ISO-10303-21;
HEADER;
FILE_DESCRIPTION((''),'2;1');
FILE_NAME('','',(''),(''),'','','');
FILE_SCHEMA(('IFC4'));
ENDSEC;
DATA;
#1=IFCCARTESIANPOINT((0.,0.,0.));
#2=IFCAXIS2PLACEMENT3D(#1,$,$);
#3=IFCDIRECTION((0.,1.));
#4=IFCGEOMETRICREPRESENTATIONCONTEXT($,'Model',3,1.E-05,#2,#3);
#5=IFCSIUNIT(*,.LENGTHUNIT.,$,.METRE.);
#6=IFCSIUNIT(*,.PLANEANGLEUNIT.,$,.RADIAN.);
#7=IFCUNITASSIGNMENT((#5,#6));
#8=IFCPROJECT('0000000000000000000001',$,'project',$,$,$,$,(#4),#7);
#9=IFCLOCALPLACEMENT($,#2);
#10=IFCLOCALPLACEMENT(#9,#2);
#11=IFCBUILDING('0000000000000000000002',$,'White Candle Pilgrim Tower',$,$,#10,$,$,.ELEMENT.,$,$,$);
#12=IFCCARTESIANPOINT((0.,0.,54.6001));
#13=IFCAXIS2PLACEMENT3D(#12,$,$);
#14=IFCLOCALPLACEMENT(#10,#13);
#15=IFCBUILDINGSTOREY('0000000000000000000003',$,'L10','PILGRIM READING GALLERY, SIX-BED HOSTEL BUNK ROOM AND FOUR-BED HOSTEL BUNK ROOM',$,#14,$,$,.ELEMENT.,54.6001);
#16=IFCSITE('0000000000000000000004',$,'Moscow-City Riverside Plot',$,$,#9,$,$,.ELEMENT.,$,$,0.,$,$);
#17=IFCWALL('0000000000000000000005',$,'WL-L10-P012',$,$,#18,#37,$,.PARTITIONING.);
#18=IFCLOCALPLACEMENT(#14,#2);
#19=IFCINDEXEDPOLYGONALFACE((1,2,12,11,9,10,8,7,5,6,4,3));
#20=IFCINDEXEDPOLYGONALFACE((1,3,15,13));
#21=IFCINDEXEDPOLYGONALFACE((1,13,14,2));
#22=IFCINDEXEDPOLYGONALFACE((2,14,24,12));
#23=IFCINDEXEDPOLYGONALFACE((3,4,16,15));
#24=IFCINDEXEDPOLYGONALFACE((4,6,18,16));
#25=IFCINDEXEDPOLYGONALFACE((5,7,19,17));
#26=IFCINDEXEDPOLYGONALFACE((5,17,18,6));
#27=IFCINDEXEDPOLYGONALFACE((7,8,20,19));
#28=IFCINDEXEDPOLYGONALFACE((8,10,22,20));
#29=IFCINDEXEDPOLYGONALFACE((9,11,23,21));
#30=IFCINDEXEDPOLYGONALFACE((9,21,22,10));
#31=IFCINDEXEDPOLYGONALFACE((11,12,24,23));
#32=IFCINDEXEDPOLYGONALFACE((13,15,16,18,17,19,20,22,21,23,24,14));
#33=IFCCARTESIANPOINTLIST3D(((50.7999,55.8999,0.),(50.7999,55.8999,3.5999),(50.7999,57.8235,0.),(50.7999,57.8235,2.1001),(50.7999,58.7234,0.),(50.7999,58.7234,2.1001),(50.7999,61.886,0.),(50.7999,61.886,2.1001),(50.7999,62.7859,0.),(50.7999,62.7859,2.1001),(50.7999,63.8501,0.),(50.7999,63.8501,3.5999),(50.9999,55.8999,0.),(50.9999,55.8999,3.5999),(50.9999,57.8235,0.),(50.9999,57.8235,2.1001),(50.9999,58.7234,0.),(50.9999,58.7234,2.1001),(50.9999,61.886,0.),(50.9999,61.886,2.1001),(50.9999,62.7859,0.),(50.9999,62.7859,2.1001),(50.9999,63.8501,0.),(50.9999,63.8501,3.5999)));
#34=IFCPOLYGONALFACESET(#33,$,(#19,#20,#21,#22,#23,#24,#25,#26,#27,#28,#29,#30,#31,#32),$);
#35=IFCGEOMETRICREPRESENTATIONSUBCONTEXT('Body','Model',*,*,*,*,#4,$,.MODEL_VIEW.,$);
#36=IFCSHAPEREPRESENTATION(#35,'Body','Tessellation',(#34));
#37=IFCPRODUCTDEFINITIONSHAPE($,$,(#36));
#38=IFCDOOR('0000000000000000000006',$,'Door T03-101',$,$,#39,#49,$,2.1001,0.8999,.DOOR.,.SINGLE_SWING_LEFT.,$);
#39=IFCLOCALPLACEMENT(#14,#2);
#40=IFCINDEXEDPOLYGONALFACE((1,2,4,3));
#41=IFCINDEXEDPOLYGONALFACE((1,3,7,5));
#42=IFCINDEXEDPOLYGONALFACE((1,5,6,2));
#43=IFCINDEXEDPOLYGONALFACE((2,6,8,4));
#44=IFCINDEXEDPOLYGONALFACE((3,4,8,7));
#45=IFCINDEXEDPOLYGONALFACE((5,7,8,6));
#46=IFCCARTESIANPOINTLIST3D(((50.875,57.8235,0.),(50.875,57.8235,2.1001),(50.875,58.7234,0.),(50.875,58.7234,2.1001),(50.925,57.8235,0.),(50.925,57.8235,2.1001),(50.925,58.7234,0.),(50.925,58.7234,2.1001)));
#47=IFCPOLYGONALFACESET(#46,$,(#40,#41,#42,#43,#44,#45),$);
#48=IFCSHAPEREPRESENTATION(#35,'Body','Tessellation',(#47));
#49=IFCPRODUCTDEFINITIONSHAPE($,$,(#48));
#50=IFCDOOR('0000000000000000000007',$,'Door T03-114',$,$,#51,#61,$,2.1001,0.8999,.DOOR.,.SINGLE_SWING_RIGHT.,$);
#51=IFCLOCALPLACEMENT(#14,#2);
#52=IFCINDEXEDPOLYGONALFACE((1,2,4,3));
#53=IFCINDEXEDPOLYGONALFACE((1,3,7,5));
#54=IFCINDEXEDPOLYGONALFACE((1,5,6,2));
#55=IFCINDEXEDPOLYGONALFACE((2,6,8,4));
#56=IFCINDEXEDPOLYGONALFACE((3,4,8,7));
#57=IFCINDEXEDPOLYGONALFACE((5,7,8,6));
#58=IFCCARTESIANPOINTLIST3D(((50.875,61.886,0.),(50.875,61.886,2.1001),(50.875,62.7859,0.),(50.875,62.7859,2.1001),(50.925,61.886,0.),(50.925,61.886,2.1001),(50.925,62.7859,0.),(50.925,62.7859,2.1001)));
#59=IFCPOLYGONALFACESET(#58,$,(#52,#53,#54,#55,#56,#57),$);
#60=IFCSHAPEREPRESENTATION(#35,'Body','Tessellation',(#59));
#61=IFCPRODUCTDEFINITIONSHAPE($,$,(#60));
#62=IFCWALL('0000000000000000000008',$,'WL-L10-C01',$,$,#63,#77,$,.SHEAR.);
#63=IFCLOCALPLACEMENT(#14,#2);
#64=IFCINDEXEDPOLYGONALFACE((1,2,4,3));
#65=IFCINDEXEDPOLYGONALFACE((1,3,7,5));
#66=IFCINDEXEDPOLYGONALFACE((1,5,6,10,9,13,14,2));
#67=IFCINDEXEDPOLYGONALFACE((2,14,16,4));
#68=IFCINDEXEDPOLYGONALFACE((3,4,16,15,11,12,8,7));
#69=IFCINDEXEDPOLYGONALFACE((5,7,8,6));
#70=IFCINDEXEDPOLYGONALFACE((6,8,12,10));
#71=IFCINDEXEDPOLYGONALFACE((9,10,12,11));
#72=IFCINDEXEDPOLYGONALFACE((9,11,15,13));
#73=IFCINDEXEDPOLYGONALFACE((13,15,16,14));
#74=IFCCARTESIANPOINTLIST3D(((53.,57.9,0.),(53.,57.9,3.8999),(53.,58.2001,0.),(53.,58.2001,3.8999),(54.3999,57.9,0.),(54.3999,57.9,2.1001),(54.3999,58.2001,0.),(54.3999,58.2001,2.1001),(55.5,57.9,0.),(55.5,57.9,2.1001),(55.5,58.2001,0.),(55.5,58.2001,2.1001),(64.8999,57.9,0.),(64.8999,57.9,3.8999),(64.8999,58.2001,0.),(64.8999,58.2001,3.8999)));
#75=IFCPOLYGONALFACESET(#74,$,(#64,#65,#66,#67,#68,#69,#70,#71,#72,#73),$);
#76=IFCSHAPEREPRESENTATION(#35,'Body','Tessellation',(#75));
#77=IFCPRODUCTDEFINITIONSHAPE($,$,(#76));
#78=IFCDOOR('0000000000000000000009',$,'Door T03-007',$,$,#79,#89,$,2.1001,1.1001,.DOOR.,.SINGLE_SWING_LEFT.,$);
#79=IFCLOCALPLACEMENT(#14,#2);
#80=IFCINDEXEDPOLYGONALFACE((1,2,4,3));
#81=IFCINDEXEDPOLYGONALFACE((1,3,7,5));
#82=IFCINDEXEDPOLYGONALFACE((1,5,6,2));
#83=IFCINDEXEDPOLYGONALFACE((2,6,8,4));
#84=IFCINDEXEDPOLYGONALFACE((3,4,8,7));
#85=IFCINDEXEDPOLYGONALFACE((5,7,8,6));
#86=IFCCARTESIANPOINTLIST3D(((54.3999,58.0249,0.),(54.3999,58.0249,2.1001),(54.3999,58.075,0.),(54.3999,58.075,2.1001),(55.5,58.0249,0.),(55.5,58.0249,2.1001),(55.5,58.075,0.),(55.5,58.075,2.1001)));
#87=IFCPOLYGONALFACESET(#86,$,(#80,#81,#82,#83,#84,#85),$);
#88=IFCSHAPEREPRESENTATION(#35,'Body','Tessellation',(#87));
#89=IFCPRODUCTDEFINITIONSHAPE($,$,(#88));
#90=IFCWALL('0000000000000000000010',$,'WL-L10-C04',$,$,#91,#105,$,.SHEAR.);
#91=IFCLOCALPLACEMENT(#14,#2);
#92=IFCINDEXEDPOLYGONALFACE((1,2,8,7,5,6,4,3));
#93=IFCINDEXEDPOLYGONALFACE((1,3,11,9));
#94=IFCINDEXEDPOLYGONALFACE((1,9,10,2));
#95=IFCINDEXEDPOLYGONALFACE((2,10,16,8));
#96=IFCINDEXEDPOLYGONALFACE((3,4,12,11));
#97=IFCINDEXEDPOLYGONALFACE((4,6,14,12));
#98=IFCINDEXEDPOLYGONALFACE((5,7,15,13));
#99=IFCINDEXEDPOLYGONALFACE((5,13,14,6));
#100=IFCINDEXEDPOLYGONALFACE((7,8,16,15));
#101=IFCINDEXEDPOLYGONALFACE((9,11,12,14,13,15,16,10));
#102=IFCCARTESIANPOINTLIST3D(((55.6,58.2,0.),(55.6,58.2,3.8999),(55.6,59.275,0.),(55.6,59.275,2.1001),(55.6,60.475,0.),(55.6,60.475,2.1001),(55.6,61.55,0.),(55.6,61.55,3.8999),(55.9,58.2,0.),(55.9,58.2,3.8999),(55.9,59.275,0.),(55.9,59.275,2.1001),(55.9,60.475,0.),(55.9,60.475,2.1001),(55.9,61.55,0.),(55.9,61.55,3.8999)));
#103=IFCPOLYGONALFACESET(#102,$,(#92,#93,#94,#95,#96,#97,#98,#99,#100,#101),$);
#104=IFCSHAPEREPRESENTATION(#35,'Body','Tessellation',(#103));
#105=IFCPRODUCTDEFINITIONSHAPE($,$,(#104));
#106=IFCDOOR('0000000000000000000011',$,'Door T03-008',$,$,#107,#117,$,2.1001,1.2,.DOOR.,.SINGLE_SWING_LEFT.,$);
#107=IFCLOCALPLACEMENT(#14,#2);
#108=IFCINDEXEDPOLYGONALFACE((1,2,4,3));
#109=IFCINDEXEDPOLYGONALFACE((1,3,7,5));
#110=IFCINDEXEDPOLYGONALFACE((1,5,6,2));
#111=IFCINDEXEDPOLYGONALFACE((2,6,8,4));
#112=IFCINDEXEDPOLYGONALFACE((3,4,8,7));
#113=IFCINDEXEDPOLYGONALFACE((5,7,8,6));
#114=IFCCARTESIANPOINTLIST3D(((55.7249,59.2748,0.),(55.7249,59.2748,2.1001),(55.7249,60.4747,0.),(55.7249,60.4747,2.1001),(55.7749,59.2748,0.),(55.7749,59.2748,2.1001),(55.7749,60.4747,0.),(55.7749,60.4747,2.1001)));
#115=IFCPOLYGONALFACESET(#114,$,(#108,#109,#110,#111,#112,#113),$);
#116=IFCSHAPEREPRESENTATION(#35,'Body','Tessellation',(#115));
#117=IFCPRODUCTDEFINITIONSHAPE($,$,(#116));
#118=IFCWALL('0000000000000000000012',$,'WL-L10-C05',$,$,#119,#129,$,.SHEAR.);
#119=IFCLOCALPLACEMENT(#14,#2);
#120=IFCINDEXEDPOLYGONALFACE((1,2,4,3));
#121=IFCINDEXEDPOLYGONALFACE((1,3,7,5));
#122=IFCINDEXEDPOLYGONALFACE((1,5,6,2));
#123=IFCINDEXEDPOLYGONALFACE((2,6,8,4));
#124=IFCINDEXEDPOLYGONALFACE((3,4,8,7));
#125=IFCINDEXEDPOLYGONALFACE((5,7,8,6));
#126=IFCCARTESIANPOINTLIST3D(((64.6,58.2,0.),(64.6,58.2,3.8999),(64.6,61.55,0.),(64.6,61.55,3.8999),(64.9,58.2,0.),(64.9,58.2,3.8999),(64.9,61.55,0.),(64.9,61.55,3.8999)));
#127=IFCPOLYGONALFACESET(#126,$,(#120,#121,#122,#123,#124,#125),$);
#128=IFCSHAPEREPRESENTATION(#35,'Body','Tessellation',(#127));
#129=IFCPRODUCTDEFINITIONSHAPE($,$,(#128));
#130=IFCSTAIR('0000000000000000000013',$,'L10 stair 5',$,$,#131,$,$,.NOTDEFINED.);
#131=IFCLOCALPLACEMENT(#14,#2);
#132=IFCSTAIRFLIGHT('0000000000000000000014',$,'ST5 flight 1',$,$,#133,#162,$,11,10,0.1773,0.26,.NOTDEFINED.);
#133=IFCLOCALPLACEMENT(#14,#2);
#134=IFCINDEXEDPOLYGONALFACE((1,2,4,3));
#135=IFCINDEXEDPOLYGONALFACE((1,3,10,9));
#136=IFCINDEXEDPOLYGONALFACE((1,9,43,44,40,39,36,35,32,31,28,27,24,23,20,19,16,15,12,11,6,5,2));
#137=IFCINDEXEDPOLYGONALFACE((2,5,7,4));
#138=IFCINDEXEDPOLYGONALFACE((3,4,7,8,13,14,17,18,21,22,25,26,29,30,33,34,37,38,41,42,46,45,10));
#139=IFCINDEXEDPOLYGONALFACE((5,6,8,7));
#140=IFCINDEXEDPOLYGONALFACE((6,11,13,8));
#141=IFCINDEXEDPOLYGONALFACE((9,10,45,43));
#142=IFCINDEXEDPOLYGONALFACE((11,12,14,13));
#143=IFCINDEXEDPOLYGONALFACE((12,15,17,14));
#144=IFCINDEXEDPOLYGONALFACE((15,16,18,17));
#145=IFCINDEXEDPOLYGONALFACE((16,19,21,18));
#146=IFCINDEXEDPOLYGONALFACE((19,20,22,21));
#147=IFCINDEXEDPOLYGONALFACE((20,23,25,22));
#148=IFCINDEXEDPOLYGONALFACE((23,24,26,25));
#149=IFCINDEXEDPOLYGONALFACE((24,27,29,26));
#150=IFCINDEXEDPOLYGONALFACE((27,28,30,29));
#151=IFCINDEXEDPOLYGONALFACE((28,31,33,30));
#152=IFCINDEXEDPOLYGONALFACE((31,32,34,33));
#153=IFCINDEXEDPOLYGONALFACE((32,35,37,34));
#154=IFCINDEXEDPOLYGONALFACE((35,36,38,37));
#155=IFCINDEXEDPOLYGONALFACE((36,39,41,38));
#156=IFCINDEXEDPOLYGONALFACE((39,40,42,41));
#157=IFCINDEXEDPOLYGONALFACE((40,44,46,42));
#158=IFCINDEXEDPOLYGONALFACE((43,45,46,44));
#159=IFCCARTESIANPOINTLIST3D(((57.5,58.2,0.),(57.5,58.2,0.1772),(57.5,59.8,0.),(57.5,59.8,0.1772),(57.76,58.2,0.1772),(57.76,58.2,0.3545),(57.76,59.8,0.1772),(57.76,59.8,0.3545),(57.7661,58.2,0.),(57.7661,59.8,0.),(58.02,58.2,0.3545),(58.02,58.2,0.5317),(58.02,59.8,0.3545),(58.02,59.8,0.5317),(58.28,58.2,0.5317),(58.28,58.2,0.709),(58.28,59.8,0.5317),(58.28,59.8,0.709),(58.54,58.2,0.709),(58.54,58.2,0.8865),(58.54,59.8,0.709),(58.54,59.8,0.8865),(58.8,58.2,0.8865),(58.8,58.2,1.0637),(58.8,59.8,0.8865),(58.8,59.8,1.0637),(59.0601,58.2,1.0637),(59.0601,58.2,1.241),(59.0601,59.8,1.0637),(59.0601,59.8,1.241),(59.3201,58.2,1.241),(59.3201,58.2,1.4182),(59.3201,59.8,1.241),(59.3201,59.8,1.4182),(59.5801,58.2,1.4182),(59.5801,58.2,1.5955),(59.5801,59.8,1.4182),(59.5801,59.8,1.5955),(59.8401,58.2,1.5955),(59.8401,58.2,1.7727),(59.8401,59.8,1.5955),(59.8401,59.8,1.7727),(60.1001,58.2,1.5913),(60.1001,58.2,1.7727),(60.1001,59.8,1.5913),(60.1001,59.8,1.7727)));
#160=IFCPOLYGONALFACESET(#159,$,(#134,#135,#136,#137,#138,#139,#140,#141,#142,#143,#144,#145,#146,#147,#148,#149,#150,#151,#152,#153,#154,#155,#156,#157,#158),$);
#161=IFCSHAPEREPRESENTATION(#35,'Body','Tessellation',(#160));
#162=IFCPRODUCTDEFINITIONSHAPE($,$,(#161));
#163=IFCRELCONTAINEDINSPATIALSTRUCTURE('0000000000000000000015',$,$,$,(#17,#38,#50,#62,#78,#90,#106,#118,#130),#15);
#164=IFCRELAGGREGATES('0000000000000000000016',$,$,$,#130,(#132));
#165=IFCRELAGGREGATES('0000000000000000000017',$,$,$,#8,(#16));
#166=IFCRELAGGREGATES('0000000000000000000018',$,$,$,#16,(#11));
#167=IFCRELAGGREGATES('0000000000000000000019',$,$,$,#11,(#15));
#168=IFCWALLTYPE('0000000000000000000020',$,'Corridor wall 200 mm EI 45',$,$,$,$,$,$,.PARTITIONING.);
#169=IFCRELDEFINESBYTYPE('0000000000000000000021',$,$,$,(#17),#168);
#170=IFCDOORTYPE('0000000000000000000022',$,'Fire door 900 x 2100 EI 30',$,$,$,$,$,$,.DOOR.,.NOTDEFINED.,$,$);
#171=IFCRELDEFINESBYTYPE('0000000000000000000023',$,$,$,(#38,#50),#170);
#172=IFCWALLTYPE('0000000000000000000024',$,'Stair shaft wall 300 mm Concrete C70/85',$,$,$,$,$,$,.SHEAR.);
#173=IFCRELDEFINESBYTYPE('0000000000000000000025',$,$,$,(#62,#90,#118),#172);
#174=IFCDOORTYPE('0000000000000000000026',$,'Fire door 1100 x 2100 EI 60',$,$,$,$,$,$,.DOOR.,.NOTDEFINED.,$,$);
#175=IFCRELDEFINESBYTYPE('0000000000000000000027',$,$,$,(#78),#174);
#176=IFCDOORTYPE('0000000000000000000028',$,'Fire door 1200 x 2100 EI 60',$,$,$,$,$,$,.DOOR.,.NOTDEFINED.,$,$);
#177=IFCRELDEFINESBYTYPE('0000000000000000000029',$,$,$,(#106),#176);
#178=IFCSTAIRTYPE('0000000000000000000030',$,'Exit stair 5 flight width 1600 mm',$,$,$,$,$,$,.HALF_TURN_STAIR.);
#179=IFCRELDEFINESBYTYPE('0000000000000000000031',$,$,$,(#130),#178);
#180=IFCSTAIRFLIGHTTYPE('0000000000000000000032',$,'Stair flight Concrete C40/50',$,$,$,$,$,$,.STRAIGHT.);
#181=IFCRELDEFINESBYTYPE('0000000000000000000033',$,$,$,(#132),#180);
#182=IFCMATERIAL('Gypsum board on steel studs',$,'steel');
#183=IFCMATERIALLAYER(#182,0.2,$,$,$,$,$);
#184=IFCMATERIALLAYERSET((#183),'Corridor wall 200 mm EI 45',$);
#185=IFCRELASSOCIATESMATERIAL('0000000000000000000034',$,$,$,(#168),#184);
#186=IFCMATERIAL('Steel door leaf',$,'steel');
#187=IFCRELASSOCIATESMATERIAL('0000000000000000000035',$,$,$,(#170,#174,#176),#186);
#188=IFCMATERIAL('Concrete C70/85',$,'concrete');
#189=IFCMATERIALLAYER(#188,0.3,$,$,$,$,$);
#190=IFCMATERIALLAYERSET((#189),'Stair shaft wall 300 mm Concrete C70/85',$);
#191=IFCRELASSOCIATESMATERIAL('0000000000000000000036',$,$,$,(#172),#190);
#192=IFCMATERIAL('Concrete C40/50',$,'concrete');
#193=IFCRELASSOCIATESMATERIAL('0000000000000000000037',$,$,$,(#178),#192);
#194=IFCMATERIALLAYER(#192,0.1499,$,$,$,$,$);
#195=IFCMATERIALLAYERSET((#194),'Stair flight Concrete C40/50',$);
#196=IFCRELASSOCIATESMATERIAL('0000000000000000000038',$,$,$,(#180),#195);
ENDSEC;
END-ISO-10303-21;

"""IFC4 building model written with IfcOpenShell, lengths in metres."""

from ifc_helpers import new_model, si_unit, direction, frame, frame_2d, origin, place, context, subcontext, project, spatial, polyline, rectangle, outline, extrude, material, layer, layer_set, type_object, element, fill, aggregate, save


model = new_model("IFC4")

# Units and contexts
model_context = context("Model", 3, precision=1e-05, world=origin(), true_north=direction((0.0, 1.0)))
body_context = subcontext(model_context, "Body", "Model", "MODEL_VIEW")
ifc_project = project(units=[si_unit("LENGTHUNIT", "METRE"), si_unit("PLANEANGLEUNIT", "RADIAN")], contexts=[model_context])

# Site, building, storey
site_placement = place(None, origin())
site = spatial("IfcSite", under=ifc_project, at=site_placement, Name="Moscow-City Riverside Plot", CompositionType="ELEMENT", RefElevation=0.0)
building_placement = place(site_placement, origin())
building = spatial("IfcBuilding", under=site, at=building_placement, Name="White Candle Pilgrim Tower", CompositionType="ELEMENT")
storey_placement = place(building_placement, frame((0.0, 0.0, 54.6001)))
storey = spatial("IfcBuildingStorey", under=building, at=storey_placement, Name="L10", Description="PILGRIM READING GALLERY, SIX-BED HOSTEL BUNK ROOM AND FOUR-BED HOSTEL BUNK ROOM", CompositionType="ELEMENT", Elevation=54.6001)

# Shared definitions
ifc_material_1 = material(Name="Concrete C70/85", Category="concrete")
ifc_material_2 = material(Name="Gypsum board on steel studs", Category="steel")
ifc_layer_1 = layer(ifc_material_2, 0.2)
ifc_layer_set_1 = layer_set([ifc_layer_1], Name="Corridor wall 200 mm EI 45")
wall_type_1 = type_object("IfcWallType", Name="Corridor wall 200 mm EI 45", PredefinedType="PARTITIONING", material=ifc_layer_set_1)

# Wall, openings, doors
wall_1_placement = place(storey_placement, frame((50.8999, 55.8999, 0.0), z_axis=(0.0, 0.0, 1.0), x_axis=(0.0, 1.0, 0.0)))
wall_1 = element("IfcWall", 1, at=wall_1_placement, inside=storey, type_object=wall_type_1, Name="WL-L10-P012", PredefinedType="PARTITIONING", context=body_context, shape_type="SweptSolid", body=[
    extrude(rectangle(XDim=7.9502, YDim=0.2, at=frame_2d((3.9751, 0.0))), origin(), (0.0, 0.0, 1.0), 3.5999),
])
opening_1_placement = place(wall_1_placement, frame((1.9236, 0.0, 0.0)))
opening_1 = element("IfcOpeningElement", 2, at=opening_1_placement, cuts=wall_1, PredefinedType="OPENING", context=body_context, shape_type="SweptSolid", body=[
    extrude(rectangle(XDim=0.8999, YDim=2.1001, at=frame_2d((0.45, 1.05))), frame((0.0, 0.1099, 0.0), z_axis=(0.0, -1.0, 0.0), x_axis=(1.0, 0.0, 0.0)), (0.0, 0.0, 1.0), 0.22),
])
opening_2_placement = place(wall_1_placement, frame((5.9861, 0.0, 0.0)))
opening_2 = element("IfcOpeningElement", 3, at=opening_2_placement, cuts=wall_1, PredefinedType="OPENING", context=body_context, shape_type="SweptSolid", body=[
    extrude(rectangle(XDim=0.8999, YDim=2.1001, at=frame_2d((0.45, 1.05))), frame((0.0, 0.1099, 0.0), z_axis=(0.0, -1.0, 0.0), x_axis=(1.0, 0.0, 0.0)), (0.0, 0.0, 1.0), 0.22),
])
ifc_material_3 = material(Name="Steel door leaf", Category="steel")
door_type_1 = type_object("IfcDoorType", Name="Fire door 900 x 2100 EI 30", OperationType="NOTDEFINED", PredefinedType="DOOR", material=ifc_material_3)
door_1_placement = place(opening_1_placement, origin())
door_1 = element("IfcDoor", 4, at=door_1_placement, inside=storey, type_object=door_type_1, Name="Door T03-101", OperationType="SINGLE_SWING_LEFT", OverallHeight=2.1001, OverallWidth=0.8999, PredefinedType="DOOR", context=body_context, shape_type="SweptSolid", body=[
    extrude(rectangle(XDim=0.8999, YDim=2.1001, at=frame_2d((0.45, 1.05))), frame((0.0, 0.0249, 0.0), z_axis=(0.0, -1.0, 0.0), x_axis=(1.0, 0.0, 0.0)), (0.0, 0.0, 1.0), 0.05),
])
fill(opening_1, door_1)
door_2_placement = place(opening_2_placement, origin())
door_2 = element("IfcDoor", 5, at=door_2_placement, inside=storey, type_object=door_type_1, Name="Door T03-114", OperationType="SINGLE_SWING_RIGHT", OverallHeight=2.1001, OverallWidth=0.8999, PredefinedType="DOOR", context=body_context, shape_type="SweptSolid", body=[
    extrude(rectangle(XDim=0.8999, YDim=2.1001, at=frame_2d((0.45, 1.05))), frame((0.0, 0.0249, 0.0), z_axis=(0.0, -1.0, 0.0), x_axis=(1.0, 0.0, 0.0)), (0.0, 0.0, 1.0), 0.05),
])
fill(opening_2, door_2)

# Walls, openings, doors
ifc_layer_2 = layer(ifc_material_1, 0.3)
ifc_layer_set_2 = layer_set([ifc_layer_2], Name="Stair shaft wall 300 mm Concrete C70/85")
wall_type_2 = type_object("IfcWallType", Name="Stair shaft wall 300 mm Concrete C70/85", PredefinedType="SHEAR", material=ifc_layer_set_2)
wall_2_placement = place(storey_placement, frame((53.0, 58.05, 0.0), z_axis=(0.0, 0.0, 1.0), x_axis=(1.0, 0.0, 0.0)))
wall_2 = element("IfcWall", 6, at=wall_2_placement, inside=storey, type_object=wall_type_2, Name="WL-L10-C01", PredefinedType="SHEAR", context=body_context, shape_type="SweptSolid", body=[
    extrude(rectangle(XDim=11.8999, YDim=0.3, at=frame_2d((5.95, 0.0))), origin(), (0.0, 0.0, 1.0), 3.8999),
])
opening_3_placement = place(wall_2_placement, frame((1.3999, 0.0, 0.0)))
opening_3 = element("IfcOpeningElement", 7, at=opening_3_placement, cuts=wall_2, PredefinedType="OPENING", context=body_context, shape_type="SweptSolid", body=[
    extrude(rectangle(XDim=1.1001, YDim=2.1001, at=frame_2d((0.55, 1.05))), frame((0.0, 0.1599, 0.0), z_axis=(0.0, -1.0, 0.0), x_axis=(1.0, 0.0, 0.0)), (0.0, 0.0, 1.0), 0.3201),
])
door_type_2 = type_object("IfcDoorType", Name="Fire door 1100 x 2100 EI 60", OperationType="NOTDEFINED", PredefinedType="DOOR", material=ifc_material_3)
door_3_placement = place(opening_3_placement, origin())
door_3 = element("IfcDoor", 8, at=door_3_placement, inside=storey, type_object=door_type_2, Name="Door T03-007", OperationType="SINGLE_SWING_LEFT", OverallHeight=2.1001, OverallWidth=1.1001, PredefinedType="DOOR", context=body_context, shape_type="SweptSolid", body=[
    extrude(rectangle(XDim=1.1001, YDim=2.1001, at=frame_2d((0.55, 1.05))), frame((0.0, 0.0249, 0.0), z_axis=(0.0, -1.0, 0.0), x_axis=(1.0, 0.0, 0.0)), (0.0, 0.0, 1.0), 0.05),
])
fill(opening_3, door_3)
wall_3_placement = place(storey_placement, frame((55.75, 58.2, 0.0), z_axis=(0.0, 0.0, 1.0), x_axis=(0.0, 1.0, 0.0)))
wall_3 = element("IfcWall", 9, at=wall_3_placement, inside=storey, type_object=wall_type_2, Name="WL-L10-C04", PredefinedType="SHEAR", context=body_context, shape_type="SweptSolid", body=[
    extrude(rectangle(XDim=3.3501, YDim=0.3, at=frame_2d((1.675, 0.0))), origin(), (0.0, 0.0, 1.0), 3.8999),
])
opening_4_placement = place(wall_3_placement, frame((1.075, 0.0, 0.0)))
opening_4 = element("IfcOpeningElement", 10, at=opening_4_placement, cuts=wall_3, PredefinedType="OPENING", context=body_context, shape_type="SweptSolid", body=[
    extrude(rectangle(XDim=1.2, YDim=2.1001, at=frame_2d((0.6001, 1.05))), frame((0.0, 0.1599, 0.0), z_axis=(0.0, -1.0, 0.0), x_axis=(1.0, 0.0, 0.0)), (0.0, 0.0, 1.0), 0.3201),
])
door_type_3 = type_object("IfcDoorType", Name="Fire door 1200 x 2100 EI 60", OperationType="NOTDEFINED", PredefinedType="DOOR", material=ifc_material_3)
door_4_placement = place(opening_4_placement, frame((1.2, 0.0, 0.0), z_axis=(0.0, 0.0, 1.0), x_axis=(-1.0, 0.0, 0.0)))
door_4 = element("IfcDoor", 11, at=door_4_placement, inside=storey, type_object=door_type_3, Name="Door T03-008", OperationType="SINGLE_SWING_LEFT", OverallHeight=2.1001, OverallWidth=1.2, PredefinedType="DOOR", context=body_context, shape_type="SweptSolid", body=[
    extrude(rectangle(XDim=1.2, YDim=2.1001, at=frame_2d((0.6001, 1.05))), frame((0.0, 0.0249, 0.0), z_axis=(0.0, -1.0, 0.0), x_axis=(1.0, 0.0, 0.0)), (0.0, 0.0, 1.0), 0.05),
])
fill(opening_4, door_4)

# Wall
wall_4_placement = place(storey_placement, frame((64.75, 58.2, 0.0), z_axis=(0.0, 0.0, 1.0), x_axis=(0.0, 1.0, 0.0)))
element("IfcWall", 12, at=wall_4_placement, inside=storey, type_object=wall_type_2, Name="WL-L10-C05", PredefinedType="SHEAR", context=body_context, shape_type="SweptSolid", body=[
    extrude(rectangle(XDim=3.3501, YDim=0.3, at=frame_2d((1.675, 0.0))), origin(), (0.0, 0.0, 1.0), 3.8999),
])

# Stair, stair flight
ifc_material_4 = material(Name="Concrete C40/50", Category="concrete")
stair_type = type_object("IfcStairType", Name="Exit stair 5 flight width 1600 mm", PredefinedType="HALF_TURN_STAIR", material=ifc_material_4)
stair_placement = place(storey_placement, origin())
stair = element("IfcStair", 13, at=stair_placement, inside=storey, type_object=stair_type, Name="L10 stair 5", PredefinedType="NOTDEFINED")
ifc_layer_3 = layer(ifc_material_4, 0.1499)
ifc_layer_set_3 = layer_set([ifc_layer_3], Name="Stair flight Concrete C40/50")
stair_flight_type = type_object("IfcStairFlightType", Name="Stair flight Concrete C40/50", PredefinedType="STRAIGHT", material=ifc_layer_set_3)
stair_flight_placement = place(storey_placement, frame((57.5, 59.0, 0.0), z_axis=(0.0, 0.0, 1.0), x_axis=(1.0, 0.0, 0.0)))
stair_flight = element("IfcStairFlight", 14, at=stair_flight_placement, type_object=stair_flight_type, Name="ST5 flight 1", NumberOfRisers=11, NumberOfTreads=10, PredefinedType="NOTDEFINED", RiserHeight=0.1773, TreadLength=0.26, context=body_context, shape_type="SweptSolid", body=[
    extrude(outline(polyline([(0.0, 0.0), (0.0, 0.1772), (0.26, 0.1772), (0.26, 0.3545), (0.52, 0.3545), (0.52, 0.5317), (0.78, 0.5317), (0.78, 0.709), (1.04, 0.709), (1.04, 0.8865), (1.3, 0.8865), (1.3, 1.0637), (1.5601, 1.0637), (1.5601, 1.241), (1.8201, 1.241), (1.8201, 1.4182), (2.0801, 1.4182), (2.0801, 1.5955), (2.3401, 1.5955), (2.3401, 1.7727), (2.6001, 1.7727), (2.6001, 1.95), (2.6001, 1.5913), (0.2661, 0.0), (0.0, 0.0)])), frame((0.0, 0.8, 0.0), z_axis=(0.0, -1.0, 0.0), x_axis=(1.0, 0.0, 0.0)), (0.0, 0.0, 1.0), 1.6001),
])
aggregate(stair, [stair_flight])

save(model, "model.ifc")
